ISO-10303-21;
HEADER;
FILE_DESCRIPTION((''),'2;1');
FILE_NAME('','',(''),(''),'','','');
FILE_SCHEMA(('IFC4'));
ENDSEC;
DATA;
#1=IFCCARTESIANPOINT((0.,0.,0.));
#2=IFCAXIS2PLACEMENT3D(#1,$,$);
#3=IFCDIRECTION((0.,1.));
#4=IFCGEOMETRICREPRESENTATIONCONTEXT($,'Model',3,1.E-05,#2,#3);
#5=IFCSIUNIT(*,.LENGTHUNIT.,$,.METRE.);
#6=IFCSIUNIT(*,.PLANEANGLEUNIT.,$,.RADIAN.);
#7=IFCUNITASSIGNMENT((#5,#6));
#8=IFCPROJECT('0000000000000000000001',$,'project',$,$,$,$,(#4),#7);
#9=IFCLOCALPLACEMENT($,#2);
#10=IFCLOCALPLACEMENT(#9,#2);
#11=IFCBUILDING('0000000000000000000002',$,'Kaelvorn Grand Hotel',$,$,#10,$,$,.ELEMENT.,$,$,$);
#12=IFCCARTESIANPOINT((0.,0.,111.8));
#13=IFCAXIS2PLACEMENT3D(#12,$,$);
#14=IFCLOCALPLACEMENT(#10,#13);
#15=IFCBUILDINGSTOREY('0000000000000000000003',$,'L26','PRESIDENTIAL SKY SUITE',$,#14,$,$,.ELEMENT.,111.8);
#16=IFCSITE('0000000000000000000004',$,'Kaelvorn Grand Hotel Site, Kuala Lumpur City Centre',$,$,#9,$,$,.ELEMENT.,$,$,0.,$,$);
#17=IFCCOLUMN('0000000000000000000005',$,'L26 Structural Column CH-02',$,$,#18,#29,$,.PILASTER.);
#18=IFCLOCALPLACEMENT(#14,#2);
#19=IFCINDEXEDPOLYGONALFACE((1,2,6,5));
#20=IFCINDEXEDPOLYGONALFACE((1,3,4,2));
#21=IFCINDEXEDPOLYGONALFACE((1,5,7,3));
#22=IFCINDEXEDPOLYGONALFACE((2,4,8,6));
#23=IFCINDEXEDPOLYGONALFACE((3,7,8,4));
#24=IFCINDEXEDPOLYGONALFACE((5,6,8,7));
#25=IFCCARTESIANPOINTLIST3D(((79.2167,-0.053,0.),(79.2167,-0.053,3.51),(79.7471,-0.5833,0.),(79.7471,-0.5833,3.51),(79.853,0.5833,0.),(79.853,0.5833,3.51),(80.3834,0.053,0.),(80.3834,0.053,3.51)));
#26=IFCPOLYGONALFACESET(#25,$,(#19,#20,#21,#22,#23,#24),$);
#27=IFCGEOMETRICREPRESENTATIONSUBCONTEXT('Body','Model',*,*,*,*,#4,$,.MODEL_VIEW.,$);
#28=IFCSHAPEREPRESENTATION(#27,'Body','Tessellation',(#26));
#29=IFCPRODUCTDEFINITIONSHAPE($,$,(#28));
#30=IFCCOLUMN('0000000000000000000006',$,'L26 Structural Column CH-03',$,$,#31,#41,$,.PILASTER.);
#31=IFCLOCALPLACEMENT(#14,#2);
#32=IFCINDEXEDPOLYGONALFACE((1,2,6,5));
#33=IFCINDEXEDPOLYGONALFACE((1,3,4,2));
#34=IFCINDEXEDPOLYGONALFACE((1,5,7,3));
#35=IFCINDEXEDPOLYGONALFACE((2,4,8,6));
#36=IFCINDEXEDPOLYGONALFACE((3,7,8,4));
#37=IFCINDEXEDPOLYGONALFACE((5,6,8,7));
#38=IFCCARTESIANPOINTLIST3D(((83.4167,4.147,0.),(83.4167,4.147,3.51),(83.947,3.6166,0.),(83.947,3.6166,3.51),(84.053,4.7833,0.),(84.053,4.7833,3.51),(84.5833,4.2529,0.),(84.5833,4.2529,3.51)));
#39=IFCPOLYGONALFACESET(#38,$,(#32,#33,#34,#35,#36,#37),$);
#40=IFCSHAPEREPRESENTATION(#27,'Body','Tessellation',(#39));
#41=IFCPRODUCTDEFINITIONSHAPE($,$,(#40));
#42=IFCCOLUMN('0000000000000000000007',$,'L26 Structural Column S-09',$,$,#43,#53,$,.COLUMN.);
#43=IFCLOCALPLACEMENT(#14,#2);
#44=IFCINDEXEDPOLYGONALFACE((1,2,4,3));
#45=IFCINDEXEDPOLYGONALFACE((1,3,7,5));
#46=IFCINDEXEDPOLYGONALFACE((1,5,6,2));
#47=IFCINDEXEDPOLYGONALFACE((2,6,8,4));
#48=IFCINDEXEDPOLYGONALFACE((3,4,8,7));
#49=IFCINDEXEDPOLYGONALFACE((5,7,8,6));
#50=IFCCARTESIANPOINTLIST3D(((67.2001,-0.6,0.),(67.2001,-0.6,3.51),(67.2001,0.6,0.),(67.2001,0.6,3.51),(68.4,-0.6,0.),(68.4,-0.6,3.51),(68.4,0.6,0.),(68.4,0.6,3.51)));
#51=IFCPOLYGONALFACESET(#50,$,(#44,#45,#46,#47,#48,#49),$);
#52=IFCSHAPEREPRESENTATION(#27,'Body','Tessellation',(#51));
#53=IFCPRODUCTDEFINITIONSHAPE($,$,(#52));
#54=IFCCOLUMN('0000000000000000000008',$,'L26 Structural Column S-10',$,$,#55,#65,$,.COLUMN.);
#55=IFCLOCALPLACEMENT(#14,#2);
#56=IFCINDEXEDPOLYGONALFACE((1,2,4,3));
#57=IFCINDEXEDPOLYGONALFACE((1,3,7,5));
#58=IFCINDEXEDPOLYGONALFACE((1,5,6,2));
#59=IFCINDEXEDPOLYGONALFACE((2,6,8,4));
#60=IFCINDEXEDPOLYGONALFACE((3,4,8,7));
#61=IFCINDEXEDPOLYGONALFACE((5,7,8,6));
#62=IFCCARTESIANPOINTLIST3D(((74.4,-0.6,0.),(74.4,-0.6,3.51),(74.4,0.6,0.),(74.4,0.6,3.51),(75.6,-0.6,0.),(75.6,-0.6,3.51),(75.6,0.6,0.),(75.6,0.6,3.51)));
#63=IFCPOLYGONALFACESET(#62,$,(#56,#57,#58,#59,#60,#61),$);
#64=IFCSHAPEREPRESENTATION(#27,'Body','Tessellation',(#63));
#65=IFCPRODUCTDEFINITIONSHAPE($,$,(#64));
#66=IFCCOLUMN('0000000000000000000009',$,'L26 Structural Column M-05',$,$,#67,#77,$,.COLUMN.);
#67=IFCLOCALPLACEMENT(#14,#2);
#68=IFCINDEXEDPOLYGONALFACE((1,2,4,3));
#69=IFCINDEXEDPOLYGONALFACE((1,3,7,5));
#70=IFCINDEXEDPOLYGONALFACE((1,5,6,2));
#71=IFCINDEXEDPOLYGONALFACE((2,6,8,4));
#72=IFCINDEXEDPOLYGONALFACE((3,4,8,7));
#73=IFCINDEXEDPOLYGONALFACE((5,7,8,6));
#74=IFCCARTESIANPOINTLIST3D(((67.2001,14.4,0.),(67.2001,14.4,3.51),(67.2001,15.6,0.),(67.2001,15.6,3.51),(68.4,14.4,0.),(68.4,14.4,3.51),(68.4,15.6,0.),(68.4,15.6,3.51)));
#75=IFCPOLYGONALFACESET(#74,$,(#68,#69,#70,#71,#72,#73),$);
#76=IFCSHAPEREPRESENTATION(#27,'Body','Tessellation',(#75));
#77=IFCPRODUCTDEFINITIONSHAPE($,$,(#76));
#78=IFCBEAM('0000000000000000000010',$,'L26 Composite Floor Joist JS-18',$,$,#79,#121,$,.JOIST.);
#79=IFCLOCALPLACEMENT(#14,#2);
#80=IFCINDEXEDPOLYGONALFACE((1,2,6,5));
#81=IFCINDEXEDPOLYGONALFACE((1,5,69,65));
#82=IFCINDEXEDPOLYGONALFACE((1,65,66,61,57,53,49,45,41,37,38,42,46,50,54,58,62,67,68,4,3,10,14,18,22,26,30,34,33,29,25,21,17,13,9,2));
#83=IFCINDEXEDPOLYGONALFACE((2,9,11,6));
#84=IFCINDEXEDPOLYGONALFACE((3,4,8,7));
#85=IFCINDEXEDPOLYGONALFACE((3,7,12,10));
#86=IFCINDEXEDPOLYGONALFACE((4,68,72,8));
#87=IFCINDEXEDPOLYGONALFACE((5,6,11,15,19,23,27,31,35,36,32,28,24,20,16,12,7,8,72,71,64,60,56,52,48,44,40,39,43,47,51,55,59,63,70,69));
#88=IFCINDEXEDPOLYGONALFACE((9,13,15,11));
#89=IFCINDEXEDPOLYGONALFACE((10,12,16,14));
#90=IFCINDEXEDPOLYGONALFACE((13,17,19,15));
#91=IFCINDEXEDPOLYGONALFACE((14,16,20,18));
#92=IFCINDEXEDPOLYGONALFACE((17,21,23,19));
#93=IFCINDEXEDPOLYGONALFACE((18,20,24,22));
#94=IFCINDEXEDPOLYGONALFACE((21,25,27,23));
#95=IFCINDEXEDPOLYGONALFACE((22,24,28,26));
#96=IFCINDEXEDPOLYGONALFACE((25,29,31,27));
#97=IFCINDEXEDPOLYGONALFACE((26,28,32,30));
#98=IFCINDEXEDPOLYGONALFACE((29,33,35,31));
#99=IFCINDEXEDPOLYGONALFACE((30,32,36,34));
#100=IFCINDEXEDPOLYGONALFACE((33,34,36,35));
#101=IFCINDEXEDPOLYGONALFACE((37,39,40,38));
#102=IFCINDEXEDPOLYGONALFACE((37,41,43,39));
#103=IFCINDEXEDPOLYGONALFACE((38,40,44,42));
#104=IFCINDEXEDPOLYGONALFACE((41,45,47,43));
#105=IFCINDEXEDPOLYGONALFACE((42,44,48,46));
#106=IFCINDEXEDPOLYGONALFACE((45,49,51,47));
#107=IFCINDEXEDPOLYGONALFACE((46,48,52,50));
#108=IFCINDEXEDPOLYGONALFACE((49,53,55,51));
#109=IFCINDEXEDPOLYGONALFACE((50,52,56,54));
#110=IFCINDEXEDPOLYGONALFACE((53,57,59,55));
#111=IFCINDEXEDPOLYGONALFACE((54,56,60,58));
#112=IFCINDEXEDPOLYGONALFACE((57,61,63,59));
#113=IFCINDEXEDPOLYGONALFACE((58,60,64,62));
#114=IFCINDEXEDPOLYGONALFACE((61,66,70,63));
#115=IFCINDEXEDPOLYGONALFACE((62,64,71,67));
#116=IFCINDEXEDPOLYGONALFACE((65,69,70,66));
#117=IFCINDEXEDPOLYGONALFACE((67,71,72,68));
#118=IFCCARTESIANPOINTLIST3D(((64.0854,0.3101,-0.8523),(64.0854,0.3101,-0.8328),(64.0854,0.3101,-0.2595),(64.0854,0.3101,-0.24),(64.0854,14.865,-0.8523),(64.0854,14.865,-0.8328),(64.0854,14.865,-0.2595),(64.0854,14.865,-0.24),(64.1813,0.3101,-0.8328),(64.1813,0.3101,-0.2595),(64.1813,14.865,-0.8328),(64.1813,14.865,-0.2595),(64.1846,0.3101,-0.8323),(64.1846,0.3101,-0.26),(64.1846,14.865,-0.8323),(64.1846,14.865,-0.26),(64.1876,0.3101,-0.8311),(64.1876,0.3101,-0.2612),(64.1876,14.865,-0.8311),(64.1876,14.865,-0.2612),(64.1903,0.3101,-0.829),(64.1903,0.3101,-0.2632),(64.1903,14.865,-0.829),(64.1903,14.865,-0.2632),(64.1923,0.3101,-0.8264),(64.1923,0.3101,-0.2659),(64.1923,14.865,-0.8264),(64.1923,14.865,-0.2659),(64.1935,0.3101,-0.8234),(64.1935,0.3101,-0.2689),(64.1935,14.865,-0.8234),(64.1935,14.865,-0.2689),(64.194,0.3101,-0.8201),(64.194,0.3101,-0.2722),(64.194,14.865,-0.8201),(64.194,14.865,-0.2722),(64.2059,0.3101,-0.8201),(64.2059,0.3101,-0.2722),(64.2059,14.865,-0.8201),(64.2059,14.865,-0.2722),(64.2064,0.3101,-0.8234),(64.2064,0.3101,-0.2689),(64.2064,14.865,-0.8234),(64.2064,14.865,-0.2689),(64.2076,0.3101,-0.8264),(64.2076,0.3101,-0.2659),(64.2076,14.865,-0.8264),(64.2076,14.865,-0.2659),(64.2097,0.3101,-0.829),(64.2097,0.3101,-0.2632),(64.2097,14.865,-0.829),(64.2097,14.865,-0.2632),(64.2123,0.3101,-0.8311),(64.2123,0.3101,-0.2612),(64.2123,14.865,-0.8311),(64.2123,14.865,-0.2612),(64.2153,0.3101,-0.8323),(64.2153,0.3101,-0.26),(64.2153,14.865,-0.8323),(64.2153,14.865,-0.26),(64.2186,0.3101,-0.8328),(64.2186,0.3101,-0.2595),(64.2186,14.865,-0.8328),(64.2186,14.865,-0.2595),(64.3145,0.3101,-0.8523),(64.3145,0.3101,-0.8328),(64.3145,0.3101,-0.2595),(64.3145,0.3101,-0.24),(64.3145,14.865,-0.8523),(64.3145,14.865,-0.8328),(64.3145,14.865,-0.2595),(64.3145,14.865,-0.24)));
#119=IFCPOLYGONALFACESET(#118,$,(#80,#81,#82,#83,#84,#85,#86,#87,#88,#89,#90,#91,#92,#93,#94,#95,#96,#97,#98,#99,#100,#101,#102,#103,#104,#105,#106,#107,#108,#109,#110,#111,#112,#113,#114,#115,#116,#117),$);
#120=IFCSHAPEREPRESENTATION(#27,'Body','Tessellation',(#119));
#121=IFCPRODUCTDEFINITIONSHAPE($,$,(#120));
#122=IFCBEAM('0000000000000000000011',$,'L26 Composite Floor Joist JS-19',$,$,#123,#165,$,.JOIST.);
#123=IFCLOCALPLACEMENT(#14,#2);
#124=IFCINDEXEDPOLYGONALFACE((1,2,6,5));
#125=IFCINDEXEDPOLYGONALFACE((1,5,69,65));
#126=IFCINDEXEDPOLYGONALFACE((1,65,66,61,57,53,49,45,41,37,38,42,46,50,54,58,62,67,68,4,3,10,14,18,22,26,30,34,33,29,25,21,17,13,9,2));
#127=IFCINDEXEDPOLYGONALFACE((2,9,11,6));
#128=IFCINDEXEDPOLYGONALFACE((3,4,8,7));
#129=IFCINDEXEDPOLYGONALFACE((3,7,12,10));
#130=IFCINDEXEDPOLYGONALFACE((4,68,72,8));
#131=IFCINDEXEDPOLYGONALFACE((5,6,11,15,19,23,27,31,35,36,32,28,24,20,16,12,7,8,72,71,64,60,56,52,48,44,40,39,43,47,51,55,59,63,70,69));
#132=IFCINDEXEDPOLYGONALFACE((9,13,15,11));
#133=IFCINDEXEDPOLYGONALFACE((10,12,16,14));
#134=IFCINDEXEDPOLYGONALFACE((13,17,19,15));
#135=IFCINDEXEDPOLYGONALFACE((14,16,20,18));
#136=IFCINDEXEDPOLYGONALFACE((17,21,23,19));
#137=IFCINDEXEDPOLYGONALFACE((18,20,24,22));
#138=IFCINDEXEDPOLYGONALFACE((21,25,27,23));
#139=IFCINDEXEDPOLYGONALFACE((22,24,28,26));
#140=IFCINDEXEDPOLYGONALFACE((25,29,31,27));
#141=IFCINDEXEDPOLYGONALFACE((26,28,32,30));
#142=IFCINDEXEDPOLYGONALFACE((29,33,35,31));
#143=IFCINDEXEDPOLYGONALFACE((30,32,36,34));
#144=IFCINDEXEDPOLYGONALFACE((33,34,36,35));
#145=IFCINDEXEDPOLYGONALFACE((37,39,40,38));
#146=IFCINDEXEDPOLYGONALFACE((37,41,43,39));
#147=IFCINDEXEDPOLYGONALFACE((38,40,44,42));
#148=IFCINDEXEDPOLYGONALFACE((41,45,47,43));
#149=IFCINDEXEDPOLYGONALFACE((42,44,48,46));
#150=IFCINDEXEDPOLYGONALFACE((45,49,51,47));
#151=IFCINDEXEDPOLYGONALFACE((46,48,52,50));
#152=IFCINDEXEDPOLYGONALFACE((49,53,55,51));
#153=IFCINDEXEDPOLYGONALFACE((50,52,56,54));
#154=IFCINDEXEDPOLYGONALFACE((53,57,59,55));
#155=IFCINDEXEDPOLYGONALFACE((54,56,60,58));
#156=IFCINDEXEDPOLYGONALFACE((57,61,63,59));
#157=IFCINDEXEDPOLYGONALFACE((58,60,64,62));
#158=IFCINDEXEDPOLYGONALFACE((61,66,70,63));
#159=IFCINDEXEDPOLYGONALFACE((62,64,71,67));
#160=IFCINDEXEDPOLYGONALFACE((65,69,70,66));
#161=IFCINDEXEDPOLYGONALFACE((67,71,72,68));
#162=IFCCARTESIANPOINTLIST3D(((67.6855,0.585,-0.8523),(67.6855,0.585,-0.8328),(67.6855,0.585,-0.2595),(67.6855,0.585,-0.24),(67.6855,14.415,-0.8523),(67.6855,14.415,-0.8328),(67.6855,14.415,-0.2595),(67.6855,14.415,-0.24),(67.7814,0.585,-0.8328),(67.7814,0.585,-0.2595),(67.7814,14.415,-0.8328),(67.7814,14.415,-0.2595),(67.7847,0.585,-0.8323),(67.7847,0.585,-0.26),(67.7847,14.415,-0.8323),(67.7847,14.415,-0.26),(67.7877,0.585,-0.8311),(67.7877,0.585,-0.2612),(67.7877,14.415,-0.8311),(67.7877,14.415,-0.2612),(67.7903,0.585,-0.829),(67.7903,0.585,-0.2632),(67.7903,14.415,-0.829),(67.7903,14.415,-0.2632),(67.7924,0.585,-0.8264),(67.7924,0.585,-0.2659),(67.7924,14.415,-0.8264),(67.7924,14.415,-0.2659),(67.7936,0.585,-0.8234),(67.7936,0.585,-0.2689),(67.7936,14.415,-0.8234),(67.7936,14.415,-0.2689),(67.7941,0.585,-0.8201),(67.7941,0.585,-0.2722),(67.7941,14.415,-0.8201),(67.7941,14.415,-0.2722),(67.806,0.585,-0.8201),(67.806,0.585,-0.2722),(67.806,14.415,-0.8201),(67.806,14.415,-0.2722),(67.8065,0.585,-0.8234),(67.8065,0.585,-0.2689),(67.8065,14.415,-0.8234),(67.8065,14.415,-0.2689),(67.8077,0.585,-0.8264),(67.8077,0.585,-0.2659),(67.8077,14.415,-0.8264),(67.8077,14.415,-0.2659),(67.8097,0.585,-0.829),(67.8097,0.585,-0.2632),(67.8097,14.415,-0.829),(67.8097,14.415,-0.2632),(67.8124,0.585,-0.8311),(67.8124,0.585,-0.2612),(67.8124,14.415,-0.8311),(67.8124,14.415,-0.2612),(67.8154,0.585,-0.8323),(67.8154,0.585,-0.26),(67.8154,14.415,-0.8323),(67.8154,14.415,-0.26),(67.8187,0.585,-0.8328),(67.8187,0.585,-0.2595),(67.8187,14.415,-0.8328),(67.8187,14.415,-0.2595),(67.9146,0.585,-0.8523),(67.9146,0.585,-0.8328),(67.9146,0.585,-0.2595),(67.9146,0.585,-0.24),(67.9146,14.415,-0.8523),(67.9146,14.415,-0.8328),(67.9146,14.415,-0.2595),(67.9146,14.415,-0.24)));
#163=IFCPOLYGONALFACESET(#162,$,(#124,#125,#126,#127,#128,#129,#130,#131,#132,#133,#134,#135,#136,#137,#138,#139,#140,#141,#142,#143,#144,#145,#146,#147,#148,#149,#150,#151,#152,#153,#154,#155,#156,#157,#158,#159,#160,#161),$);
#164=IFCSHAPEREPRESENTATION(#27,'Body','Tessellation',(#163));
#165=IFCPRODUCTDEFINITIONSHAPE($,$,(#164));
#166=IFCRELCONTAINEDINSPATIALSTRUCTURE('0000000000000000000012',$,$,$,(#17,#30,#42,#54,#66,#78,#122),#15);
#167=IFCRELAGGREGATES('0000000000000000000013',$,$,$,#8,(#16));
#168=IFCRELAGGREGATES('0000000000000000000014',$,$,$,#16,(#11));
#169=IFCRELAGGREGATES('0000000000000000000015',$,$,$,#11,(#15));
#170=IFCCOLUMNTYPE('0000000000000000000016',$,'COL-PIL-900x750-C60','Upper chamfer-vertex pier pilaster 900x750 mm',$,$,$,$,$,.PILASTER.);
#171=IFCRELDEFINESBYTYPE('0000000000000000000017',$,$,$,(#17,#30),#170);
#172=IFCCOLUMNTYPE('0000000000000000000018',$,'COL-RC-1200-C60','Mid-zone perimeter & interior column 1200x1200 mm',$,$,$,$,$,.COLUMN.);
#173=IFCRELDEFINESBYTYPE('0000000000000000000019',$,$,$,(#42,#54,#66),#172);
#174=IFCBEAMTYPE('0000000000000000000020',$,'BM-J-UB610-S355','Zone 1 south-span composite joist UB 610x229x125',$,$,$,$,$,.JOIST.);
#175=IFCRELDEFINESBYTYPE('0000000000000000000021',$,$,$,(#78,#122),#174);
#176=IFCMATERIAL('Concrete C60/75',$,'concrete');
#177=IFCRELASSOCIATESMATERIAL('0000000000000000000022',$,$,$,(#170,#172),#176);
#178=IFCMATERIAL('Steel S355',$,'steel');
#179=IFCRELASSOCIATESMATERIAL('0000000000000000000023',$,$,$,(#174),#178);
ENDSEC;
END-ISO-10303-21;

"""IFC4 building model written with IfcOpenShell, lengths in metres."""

from ifc_helpers import new_model, si_unit, direction, frame, origin, origin_2d, place, context, subcontext, project, spatial, rectangle, i_section, extrude, material, material_profile, profile_set, type_object, element, save


model = new_model("IFC4")

# Units and contexts
model_context = context("Model", 3, precision=1e-05, world=origin(), true_north=direction((0.0, 1.0)))
body_context = subcontext(model_context, "Body", "Model", "MODEL_VIEW")
ifc_project = project(units=[si_unit("LENGTHUNIT", "METRE"), si_unit("PLANEANGLEUNIT", "RADIAN")], contexts=[model_context])

# Site, building, storey
site_placement = place(None, origin())
site = spatial("IfcSite", under=ifc_project, at=site_placement, Name="Kaelvorn Grand Hotel Site, Kuala Lumpur City Centre", CompositionType="ELEMENT", RefElevation=0.0)
building_placement = place(site_placement, origin())
building = spatial("IfcBuilding", under=site, at=building_placement, Name="Kaelvorn Grand Hotel", CompositionType="ELEMENT")
storey_placement = place(building_placement, frame((0.0, 0.0, 111.8)))
storey = spatial("IfcBuildingStorey", under=building, at=storey_placement, Name="L26", Description="PRESIDENTIAL SKY SUITE", CompositionType="ELEMENT", Elevation=111.8)

# Columns
ifc_material_1 = material(Name="Concrete C60/75", Category="concrete")
ifc_material_profile_1 = material_profile(ifc_material_1, rectangle(XDim=0.8999, YDim=0.75, at=origin_2d()), Name="RC PILASTER 900x750")
ifc_profile_set_1 = profile_set([ifc_material_profile_1], Name="Concrete C60/75")
column_type_1 = type_object("IfcColumnType", Name="COL-PIL-900x750-C60", Description="Upper chamfer-vertex pier pilaster 900x750 mm", PredefinedType="PILASTER", material=ifc_profile_set_1)
for number, where, z_axis, x_axis, name in (
    (1, (79.8, 0.0, 0.0), (0.0, 0.0, 1.0), (0.707107, 0.707107, 0.0), "L26 Structural Column CH-02"),
    (2, (84.0, 4.2, 0.0), (0.0, 0.0, 1.0), (0.707107, 0.707107, 0.0), "L26 Structural Column CH-03"),
):
    element("IfcColumn", number, at=place(storey_placement, frame(where, z_axis=z_axis, x_axis=x_axis)), inside=storey, type_object=column_type_1, Name=name, PredefinedType="PILASTER", context=body_context, shape_type="SweptSolid", body=[
        extrude(rectangle(XDim=0.8999, YDim=0.75, at=origin_2d()), origin(), (0.0, 0.0, 1.0), 3.51),
    ])
ifc_material_profile_2 = material_profile(ifc_material_1, rectangle(XDim=1.2, YDim=1.2, at=origin_2d()), Name="RC COL 1200x1200")
ifc_profile_set_2 = profile_set([ifc_material_profile_2], Name="Concrete C60/75")
column_type_2 = type_object("IfcColumnType", Name="COL-RC-1200-C60", Description="Mid-zone perimeter & interior column 1200x1200 mm", PredefinedType="COLUMN", material=ifc_profile_set_2)
for number, where, z_axis, x_axis, name in (
    (3, (67.8, 0.0, 0.0), (0.0, 0.0, 1.0), (1.0, 0.0, 0.0), "L26 Structural Column S-09"),
    (4, (75.0, 0.0, 0.0), (0.0, 0.0, 1.0), (1.0, 0.0, 0.0), "L26 Structural Column S-10"),
    (5, (67.8, 15.0, 0.0), (0.0, 0.0, 1.0), (1.0, 0.0, 0.0), "L26 Structural Column M-05"),
):
    element("IfcColumn", number, at=place(storey_placement, frame(where, z_axis=z_axis, x_axis=x_axis)), inside=storey, type_object=column_type_2, Name=name, PredefinedType="COLUMN", context=body_context, shape_type="SweptSolid", body=[
        extrude(rectangle(XDim=1.2, YDim=1.2, at=origin_2d()), origin(), (0.0, 0.0, 1.0), 3.51),
    ])

# Beams
ifc_material_2 = material(Name="Steel S355", Category="steel")
ifc_material_profile_3 = material_profile(ifc_material_2, i_section(OverallWidth=0.229, OverallDepth=0.6123, WebThickness=0.012, FlangeThickness=0.0195, FilletRadius=0.0127, at=origin_2d()), Name="UB 610x229x125")
ifc_profile_set_3 = profile_set([ifc_material_profile_3], Name="Steel S355")
beam_type_1 = type_object("IfcBeamType", Name="BM-J-UB610-S355", Description="Zone 1 south-span composite joist UB 610x229x125", PredefinedType="JOIST", material=ifc_profile_set_3)
beam_1_placement = place(storey_placement, frame((64.2, 0.3101, -0.5461), z_axis=(0.0, 1.0, 0.0), x_axis=(-1.0, 0.0, 0.0)))
element("IfcBeam", 6, at=beam_1_placement, inside=storey, type_object=beam_type_1, Name="L26 Composite Floor Joist JS-18", PredefinedType="JOIST", context=body_context, shape_type="SweptSolid", body=[
    extrude(i_section(OverallWidth=0.229, OverallDepth=0.6123, WebThickness=0.012, FlangeThickness=0.0195, FilletRadius=0.0127, at=origin_2d()), origin(), (0.0, 0.0, 1.0), 14.5549),
])
beam_2_placement = place(storey_placement, frame((67.8, 0.585, -0.5461), z_axis=(0.0, 1.0, 0.0), x_axis=(-1.0, 0.0, 0.0)))
element("IfcBeam", 7, at=beam_2_placement, inside=storey, type_object=beam_type_1, Name="L26 Composite Floor Joist JS-19", PredefinedType="JOIST", context=body_context, shape_type="SweptSolid", body=[
    extrude(i_section(OverallWidth=0.229, OverallDepth=0.6123, WebThickness=0.012, FlangeThickness=0.0195, FilletRadius=0.0127, at=origin_2d()), origin(), (0.0, 0.0, 1.0), 13.8301),
])

save(model, "model.ifc")
